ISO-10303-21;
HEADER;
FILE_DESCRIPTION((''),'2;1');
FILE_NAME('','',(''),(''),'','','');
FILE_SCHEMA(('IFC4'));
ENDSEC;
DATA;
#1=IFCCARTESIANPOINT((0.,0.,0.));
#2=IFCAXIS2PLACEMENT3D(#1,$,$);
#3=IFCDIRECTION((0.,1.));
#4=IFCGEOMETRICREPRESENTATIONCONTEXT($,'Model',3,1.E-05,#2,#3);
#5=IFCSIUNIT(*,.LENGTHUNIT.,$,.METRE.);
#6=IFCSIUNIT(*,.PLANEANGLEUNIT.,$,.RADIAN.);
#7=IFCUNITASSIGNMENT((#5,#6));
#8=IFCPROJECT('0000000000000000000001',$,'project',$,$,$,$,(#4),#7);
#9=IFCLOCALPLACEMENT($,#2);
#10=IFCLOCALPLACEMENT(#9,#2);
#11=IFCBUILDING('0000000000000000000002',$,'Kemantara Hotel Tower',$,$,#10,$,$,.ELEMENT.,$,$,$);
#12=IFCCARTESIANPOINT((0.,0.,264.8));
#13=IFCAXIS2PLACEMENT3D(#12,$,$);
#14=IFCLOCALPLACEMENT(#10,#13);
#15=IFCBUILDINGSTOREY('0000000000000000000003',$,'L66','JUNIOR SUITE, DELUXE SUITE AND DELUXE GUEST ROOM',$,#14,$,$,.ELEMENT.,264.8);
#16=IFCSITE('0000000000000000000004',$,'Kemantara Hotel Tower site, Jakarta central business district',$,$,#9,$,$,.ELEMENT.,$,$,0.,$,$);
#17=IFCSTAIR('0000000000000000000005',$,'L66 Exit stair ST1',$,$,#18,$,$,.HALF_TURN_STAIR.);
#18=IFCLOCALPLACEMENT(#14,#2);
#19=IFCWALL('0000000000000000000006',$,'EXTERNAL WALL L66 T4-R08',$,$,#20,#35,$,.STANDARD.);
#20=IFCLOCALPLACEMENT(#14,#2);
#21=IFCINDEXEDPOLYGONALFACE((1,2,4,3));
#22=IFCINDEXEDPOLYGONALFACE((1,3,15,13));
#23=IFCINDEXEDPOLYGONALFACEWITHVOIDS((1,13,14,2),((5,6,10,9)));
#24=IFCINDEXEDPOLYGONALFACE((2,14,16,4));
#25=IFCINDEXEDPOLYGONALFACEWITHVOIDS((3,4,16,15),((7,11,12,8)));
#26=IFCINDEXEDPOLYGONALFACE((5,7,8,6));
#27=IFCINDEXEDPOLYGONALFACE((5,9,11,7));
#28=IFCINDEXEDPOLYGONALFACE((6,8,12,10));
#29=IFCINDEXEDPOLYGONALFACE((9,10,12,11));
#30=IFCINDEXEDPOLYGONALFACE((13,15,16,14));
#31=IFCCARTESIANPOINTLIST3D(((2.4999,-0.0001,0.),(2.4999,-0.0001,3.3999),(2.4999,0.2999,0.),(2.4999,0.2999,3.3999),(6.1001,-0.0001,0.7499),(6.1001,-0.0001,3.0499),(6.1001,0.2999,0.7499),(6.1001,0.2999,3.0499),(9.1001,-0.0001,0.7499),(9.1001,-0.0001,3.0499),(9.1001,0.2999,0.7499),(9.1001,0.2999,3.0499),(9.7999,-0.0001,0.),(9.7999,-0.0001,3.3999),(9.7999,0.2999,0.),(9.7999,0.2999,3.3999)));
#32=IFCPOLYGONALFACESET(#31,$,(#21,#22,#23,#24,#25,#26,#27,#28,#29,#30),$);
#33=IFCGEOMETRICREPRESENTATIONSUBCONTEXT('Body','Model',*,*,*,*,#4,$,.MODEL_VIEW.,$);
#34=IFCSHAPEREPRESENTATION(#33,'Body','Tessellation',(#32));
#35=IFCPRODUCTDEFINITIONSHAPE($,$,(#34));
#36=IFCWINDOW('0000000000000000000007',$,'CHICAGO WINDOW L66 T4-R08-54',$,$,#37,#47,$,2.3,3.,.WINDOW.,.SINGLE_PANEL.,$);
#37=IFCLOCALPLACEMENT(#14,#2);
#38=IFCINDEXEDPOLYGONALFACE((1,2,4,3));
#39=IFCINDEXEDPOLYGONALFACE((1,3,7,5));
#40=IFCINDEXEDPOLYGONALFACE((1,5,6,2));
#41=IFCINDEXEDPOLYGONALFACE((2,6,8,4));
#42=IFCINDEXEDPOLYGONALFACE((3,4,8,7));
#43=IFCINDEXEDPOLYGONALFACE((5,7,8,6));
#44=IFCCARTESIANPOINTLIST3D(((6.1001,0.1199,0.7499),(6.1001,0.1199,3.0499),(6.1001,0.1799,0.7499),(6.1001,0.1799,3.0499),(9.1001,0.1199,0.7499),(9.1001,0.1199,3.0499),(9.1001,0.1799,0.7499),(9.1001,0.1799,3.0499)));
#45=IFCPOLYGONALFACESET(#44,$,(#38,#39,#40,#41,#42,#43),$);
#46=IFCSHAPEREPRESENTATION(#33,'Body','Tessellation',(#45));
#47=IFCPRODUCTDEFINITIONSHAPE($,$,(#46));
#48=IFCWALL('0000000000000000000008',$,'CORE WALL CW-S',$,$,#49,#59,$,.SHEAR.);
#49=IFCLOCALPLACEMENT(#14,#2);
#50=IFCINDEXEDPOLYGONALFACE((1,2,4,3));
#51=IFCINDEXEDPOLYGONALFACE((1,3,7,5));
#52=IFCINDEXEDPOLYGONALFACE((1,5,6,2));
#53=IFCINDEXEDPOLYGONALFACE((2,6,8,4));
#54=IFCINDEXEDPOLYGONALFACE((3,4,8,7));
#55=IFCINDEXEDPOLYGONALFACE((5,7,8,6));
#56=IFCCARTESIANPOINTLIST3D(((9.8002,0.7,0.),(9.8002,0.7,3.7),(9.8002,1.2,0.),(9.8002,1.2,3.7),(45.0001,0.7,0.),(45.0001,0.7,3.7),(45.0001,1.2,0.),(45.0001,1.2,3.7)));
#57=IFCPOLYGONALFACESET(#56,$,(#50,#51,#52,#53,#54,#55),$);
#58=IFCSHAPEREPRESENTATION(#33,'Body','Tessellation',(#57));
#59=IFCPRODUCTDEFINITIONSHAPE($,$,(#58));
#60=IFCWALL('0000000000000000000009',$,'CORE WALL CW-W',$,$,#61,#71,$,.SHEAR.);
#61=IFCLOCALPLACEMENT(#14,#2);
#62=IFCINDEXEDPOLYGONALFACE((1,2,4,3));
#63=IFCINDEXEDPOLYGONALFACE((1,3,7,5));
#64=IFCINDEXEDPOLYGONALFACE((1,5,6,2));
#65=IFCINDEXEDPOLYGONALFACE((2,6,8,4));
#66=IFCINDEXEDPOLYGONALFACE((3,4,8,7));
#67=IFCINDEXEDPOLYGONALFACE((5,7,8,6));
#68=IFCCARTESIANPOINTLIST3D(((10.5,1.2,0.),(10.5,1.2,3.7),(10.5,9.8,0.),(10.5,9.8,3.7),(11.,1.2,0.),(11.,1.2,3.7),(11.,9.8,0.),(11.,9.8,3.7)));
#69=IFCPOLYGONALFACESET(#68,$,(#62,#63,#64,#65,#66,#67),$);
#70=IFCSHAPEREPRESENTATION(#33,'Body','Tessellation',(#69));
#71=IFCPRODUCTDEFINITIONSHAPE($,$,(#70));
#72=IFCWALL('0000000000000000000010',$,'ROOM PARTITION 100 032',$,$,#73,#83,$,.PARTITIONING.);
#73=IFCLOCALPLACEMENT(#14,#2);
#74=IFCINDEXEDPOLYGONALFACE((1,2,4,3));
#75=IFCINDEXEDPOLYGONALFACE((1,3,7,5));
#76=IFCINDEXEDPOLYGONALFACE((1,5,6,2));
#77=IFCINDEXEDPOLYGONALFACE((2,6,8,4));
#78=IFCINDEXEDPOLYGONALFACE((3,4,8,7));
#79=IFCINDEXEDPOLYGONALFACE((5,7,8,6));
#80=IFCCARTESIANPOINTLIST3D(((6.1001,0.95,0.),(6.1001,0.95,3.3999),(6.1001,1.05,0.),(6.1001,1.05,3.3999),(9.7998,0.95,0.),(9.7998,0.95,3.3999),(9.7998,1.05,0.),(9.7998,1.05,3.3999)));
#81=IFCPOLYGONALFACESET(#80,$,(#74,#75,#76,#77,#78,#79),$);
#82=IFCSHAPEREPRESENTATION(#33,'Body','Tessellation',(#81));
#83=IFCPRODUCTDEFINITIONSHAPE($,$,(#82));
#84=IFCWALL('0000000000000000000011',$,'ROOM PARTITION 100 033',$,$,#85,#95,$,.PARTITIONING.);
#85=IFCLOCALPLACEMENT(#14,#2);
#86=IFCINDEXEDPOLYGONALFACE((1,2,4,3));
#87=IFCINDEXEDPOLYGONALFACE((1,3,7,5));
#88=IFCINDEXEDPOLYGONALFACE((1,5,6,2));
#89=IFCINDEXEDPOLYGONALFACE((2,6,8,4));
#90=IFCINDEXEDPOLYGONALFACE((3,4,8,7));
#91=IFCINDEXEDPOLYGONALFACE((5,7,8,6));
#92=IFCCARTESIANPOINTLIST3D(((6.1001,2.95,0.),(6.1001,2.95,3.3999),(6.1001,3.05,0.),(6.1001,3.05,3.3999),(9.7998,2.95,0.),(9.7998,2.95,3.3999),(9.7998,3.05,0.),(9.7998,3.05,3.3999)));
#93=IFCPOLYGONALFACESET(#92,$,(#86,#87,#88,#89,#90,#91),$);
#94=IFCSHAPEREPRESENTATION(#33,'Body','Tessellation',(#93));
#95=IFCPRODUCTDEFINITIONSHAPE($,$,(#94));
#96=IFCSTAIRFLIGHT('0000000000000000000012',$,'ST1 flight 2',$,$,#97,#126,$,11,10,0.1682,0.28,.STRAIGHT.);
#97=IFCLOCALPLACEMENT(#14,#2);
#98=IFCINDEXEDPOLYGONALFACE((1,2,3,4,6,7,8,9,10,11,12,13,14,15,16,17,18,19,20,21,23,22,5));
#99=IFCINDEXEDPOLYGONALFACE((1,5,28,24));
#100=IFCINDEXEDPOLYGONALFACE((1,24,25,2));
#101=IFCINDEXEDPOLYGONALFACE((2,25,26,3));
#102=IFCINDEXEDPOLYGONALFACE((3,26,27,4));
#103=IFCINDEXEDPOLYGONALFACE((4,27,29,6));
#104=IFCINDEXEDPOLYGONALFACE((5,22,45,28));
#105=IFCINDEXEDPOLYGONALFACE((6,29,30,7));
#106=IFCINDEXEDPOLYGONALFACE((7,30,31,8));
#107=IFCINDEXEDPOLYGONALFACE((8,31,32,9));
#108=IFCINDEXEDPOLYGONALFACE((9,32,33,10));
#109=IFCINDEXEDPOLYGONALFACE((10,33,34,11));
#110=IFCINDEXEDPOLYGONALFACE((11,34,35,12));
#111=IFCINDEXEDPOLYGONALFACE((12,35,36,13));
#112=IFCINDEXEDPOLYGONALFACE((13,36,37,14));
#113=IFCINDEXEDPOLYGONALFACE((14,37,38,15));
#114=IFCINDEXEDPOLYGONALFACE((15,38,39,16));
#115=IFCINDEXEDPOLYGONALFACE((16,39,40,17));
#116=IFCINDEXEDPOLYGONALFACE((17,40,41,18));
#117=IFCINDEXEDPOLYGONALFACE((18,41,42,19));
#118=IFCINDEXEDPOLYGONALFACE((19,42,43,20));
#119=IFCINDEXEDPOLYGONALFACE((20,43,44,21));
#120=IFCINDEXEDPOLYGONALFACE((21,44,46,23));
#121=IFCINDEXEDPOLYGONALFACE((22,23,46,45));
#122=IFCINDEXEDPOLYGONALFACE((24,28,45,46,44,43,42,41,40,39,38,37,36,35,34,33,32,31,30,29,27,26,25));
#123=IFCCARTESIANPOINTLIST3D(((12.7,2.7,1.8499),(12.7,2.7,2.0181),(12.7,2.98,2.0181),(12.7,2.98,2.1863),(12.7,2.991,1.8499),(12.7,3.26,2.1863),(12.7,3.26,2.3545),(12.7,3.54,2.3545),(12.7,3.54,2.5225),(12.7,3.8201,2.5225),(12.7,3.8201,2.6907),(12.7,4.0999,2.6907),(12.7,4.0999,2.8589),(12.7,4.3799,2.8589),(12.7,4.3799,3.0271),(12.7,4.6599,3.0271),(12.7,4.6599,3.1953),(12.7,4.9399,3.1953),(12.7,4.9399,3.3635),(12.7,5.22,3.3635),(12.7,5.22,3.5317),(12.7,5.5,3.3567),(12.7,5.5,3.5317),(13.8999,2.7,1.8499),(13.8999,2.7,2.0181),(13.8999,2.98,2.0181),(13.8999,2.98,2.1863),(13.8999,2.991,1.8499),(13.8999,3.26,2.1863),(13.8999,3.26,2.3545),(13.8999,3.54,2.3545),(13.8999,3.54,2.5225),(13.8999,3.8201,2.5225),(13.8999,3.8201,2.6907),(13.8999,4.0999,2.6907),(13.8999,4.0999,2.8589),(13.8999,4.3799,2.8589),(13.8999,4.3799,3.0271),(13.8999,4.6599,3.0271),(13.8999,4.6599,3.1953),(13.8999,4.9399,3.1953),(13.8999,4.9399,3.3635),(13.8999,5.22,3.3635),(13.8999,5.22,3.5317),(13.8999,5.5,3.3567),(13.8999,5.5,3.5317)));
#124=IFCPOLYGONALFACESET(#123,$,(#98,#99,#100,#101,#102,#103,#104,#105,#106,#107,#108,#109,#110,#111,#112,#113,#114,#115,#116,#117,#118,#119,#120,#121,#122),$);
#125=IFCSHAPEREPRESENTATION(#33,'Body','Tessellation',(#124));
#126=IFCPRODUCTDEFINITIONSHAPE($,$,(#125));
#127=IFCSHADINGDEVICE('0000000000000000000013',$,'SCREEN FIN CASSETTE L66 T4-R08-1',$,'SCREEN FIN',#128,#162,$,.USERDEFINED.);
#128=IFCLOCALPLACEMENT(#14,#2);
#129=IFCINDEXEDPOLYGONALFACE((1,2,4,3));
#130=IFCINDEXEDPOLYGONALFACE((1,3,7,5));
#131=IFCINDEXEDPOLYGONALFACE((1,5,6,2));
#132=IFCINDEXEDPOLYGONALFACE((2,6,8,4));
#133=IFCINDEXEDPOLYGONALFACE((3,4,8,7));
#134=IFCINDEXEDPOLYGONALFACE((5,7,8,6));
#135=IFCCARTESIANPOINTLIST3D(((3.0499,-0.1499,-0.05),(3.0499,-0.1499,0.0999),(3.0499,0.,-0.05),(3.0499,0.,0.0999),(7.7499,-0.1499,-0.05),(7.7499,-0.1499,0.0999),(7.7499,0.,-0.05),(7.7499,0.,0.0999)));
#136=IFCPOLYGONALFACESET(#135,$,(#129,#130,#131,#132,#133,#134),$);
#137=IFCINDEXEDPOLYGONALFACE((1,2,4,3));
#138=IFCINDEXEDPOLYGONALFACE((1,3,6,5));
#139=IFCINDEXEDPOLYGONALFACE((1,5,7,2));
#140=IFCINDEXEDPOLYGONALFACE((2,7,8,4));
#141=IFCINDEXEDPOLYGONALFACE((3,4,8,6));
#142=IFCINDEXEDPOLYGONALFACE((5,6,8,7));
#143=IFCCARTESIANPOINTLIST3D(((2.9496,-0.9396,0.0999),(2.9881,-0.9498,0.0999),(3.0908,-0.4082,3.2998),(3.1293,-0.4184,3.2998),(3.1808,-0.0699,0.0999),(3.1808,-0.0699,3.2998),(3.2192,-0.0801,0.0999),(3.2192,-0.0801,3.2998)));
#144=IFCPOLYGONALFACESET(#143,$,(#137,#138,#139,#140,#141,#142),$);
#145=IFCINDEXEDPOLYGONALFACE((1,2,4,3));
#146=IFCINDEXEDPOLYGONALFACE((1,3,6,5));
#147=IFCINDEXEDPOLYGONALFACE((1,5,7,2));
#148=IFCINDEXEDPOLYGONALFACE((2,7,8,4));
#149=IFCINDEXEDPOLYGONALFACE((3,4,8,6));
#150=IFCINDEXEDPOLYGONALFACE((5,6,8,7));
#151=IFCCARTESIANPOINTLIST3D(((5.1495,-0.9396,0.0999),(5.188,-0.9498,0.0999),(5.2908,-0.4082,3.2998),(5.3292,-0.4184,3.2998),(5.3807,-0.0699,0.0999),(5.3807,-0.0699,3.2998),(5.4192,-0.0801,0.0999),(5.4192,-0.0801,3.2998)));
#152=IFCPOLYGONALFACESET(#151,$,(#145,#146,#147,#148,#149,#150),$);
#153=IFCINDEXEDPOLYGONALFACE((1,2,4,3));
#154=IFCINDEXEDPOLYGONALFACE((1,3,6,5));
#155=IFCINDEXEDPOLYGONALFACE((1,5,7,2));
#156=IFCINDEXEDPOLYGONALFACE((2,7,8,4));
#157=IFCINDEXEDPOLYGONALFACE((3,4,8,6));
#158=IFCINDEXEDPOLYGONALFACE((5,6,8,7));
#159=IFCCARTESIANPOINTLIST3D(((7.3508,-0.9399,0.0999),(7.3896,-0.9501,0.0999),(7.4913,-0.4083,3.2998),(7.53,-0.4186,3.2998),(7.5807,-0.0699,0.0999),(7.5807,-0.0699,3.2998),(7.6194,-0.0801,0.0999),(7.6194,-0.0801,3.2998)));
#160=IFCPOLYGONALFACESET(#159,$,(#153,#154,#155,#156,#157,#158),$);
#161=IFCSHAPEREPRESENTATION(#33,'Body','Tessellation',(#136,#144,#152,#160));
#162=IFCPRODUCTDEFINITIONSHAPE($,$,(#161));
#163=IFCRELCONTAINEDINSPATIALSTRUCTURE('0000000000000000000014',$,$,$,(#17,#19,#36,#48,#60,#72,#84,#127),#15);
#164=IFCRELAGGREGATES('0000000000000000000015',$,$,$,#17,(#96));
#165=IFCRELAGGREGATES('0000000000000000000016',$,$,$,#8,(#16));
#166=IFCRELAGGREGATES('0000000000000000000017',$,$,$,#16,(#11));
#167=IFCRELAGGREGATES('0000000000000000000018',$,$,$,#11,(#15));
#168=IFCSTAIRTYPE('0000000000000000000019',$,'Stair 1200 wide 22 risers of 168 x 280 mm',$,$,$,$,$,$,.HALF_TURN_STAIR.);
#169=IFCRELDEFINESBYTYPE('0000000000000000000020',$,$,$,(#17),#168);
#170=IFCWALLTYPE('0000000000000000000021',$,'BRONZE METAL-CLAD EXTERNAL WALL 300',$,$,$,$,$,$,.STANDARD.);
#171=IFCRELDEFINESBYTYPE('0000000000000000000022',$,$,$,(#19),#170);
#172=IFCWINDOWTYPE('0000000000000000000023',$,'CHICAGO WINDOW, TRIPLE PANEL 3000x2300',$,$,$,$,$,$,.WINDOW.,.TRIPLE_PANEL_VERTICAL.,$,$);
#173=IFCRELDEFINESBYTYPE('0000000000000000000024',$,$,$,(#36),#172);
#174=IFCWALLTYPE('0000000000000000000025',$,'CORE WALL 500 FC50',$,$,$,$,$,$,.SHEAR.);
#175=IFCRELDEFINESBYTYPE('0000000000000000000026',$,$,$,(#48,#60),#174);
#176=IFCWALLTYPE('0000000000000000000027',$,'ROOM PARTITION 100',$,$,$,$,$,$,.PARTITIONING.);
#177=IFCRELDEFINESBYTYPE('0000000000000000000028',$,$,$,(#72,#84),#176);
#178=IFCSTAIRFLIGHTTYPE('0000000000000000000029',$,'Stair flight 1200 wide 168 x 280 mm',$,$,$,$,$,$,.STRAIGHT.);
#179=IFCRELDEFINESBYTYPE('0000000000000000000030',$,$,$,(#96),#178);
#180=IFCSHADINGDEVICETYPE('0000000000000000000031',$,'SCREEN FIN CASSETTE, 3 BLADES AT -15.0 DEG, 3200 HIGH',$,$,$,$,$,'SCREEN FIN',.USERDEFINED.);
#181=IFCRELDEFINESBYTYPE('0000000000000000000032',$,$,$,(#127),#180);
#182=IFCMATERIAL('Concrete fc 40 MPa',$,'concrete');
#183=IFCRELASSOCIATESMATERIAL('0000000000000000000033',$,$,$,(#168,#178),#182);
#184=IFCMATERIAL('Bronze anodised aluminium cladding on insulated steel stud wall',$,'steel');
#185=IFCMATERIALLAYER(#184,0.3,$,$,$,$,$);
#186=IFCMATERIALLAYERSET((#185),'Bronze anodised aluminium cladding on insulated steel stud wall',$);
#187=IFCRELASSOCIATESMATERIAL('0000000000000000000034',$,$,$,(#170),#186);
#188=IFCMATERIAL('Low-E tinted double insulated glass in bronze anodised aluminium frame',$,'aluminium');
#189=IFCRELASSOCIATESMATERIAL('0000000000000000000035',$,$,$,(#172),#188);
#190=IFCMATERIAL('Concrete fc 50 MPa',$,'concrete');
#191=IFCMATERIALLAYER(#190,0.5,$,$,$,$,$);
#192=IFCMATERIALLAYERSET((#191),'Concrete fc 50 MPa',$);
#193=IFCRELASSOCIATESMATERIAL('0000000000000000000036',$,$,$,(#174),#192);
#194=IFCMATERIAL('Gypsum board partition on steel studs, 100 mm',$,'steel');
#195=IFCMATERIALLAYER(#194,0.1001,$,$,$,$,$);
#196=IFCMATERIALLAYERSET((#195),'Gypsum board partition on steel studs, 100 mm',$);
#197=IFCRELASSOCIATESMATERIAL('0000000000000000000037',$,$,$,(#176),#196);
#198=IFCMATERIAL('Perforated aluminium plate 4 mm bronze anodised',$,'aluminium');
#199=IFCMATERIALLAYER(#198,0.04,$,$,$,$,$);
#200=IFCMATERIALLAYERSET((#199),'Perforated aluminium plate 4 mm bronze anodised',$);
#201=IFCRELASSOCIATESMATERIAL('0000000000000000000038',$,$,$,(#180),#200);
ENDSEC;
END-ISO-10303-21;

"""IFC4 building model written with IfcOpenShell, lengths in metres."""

from ifc_helpers import new_model, si_unit, direction, frame, frame_2d, origin, origin_2d, place, context, subcontext, project, spatial, polyline, rectangle, outline, extrude, source, transform, mapped, material, layer, layer_set, type_object, element, fill, aggregate, save


model = new_model("IFC4")

# Units and contexts
model_context = context("Model", 3, precision=1e-05, world=origin(), true_north=direction((0.0, 1.0)))
body_context = subcontext(model_context, "Body", "Model", "MODEL_VIEW")
ifc_project = project(units=[si_unit("LENGTHUNIT", "METRE"), si_unit("PLANEANGLEUNIT", "RADIAN")], contexts=[model_context])

# Site, building, storey
site_placement = place(None, origin())
site = spatial("IfcSite", under=ifc_project, at=site_placement, Name="Kemantara Hotel Tower site, Jakarta central business district", CompositionType="ELEMENT", RefElevation=0.0)
building_placement = place(site_placement, origin())
building = spatial("IfcBuilding", under=site, at=building_placement, Name="Kemantara Hotel Tower", CompositionType="ELEMENT")
storey_placement = place(building_placement, frame((0.0, 0.0, 264.8)))
storey = spatial("IfcBuildingStorey", under=building, at=storey_placement, Name="L66", Description="JUNIOR SUITE, DELUXE SUITE AND DELUXE GUEST ROOM", CompositionType="ELEMENT", Elevation=264.8)

# Shared definitions
ifc_material_1 = material(Name="Concrete fc 50 MPa", Category="concrete")

# Shared definitions
ifc_material_2 = material(Name="Concrete fc 40 MPa", Category="concrete")

# Stair
stair_type_1 = type_object("IfcStairType", Name="Stair 1200 wide 22 risers of 168 x 280 mm", PredefinedType="HALF_TURN_STAIR", material=ifc_material_2)
stair_1_placement = place(storey_placement, origin())
stair_1 = element("IfcStair", 1, at=stair_1_placement, inside=storey, type_object=stair_type_1, Name="L66 Exit stair ST1", PredefinedType="HALF_TURN_STAIR")

# Shared definitions
ifc_material_3 = material(Name="Bronze anodised aluminium cladding on insulated steel stud wall", Category="steel")
ifc_layer_1 = layer(ifc_material_3, 0.3)
ifc_layer_set_1 = layer_set([ifc_layer_1], Name="Bronze anodised aluminium cladding on insulated steel stud wall")
wall_type_1 = type_object("IfcWallType", Name="BRONZE METAL-CLAD EXTERNAL WALL 300", PredefinedType="STANDARD", material=ifc_layer_set_1)

# Wall, opening, window
wall_1_placement = place(storey_placement, frame((2.5, 0.1499, 0.0), z_axis=(0.0, 0.0, 1.0), x_axis=(1.0, 0.0, 0.0)))
wall_1 = element("IfcWall", 2, at=wall_1_placement, inside=storey, type_object=wall_type_1, Name="EXTERNAL WALL L66 T4-R08", PredefinedType="STANDARD", context=body_context, shape_type="SweptSolid", body=[
    extrude(rectangle(XDim=7.3, YDim=0.3, at=frame_2d((3.6499, 0.0))), origin(), (0.0, 0.0, 1.0), 3.3999),
])
opening_placement = place(wall_1_placement, frame((3.6001, 0.0, 0.75)))
opening = element("IfcOpeningElement", 3, at=opening_placement, cuts=wall_1, PredefinedType="OPENING", context=body_context, shape_type="SweptSolid", body=[
    extrude(rectangle(XDim=3.0, YDim=2.3, at=frame_2d((1.5, 1.1499))), frame((0.0, 0.1599, 0.0), z_axis=(0.0, -1.0, 0.0), x_axis=(1.0, 0.0, 0.0)), (0.0, 0.0, 1.0), 0.3201),
])
ifc_material_4 = material(Name="Low-E tinted double insulated glass in bronze anodised aluminium frame", Category="aluminium")
window_type = type_object("IfcWindowType", Name="CHICAGO WINDOW, TRIPLE PANEL 3000x2300", PartitioningType="TRIPLE_PANEL_VERTICAL", PredefinedType="WINDOW", material=ifc_material_4)
window_placement = place(opening_placement, origin())
window = element("IfcWindow", 4, at=window_placement, inside=storey, type_object=window_type, Name="CHICAGO WINDOW L66 T4-R08-54", OverallHeight=2.3, OverallWidth=3.0, PartitioningType="SINGLE_PANEL", PredefinedType="WINDOW", context=body_context, shape_type="SweptSolid", body=[
    extrude(rectangle(XDim=3.0, YDim=2.3, at=frame_2d((1.5, 1.1499))), frame((0.0, 0.03, 0.0), z_axis=(0.0, -1.0, 0.0), x_axis=(1.0, 0.0, 0.0)), (0.0, 0.0, 1.0), 0.0601),
])
fill(opening, window)

# Walls
ifc_layer_2 = layer(ifc_material_1, 0.5)
ifc_layer_set_2 = layer_set([ifc_layer_2], Name="Concrete fc 50 MPa")
wall_type_2 = type_object("IfcWallType", Name="CORE WALL 500 FC50", PredefinedType="SHEAR", material=ifc_layer_set_2)
wall_2_placement = place(storey_placement, frame((9.8, 0.95, 0.0), z_axis=(0.0, 0.0, 1.0), x_axis=(1.0, 0.0, 0.0)))
element("IfcWall", 5, at=wall_2_placement, inside=storey, type_object=wall_type_2, Name="CORE WALL CW-S", PredefinedType="SHEAR", context=body_context, shape_type="SweptSolid", body=[
    extrude(rectangle(XDim=35.2, YDim=0.5, at=frame_2d((17.6001, 0.0))), origin(), (0.0, 0.0, 1.0), 3.7),
])
wall_3_placement = place(storey_placement, frame((10.75, 1.2, 0.0), z_axis=(0.0, 0.0, 1.0), x_axis=(0.0, 1.0, 0.0)))
element("IfcWall", 6, at=wall_3_placement, inside=storey, type_object=wall_type_2, Name="CORE WALL CW-W", PredefinedType="SHEAR", context=body_context, shape_type="SweptSolid", body=[
    extrude(rectangle(XDim=8.6001, YDim=0.5, at=frame_2d((4.3, 0.0))), origin(), (0.0, 0.0, 1.0), 3.7),
])
ifc_material_5 = material(Name="Gypsum board partition on steel studs, 100 mm", Category="steel")
ifc_layer_3 = layer(ifc_material_5, 0.1001)
ifc_layer_set_3 = layer_set([ifc_layer_3], Name="Gypsum board partition on steel studs, 100 mm")
wall_type_3 = type_object("IfcWallType", Name="ROOM PARTITION 100", PredefinedType="PARTITIONING", material=ifc_layer_set_3)
for number, where, z_axis, x_axis, name in (
    (7, (6.1001, 1.0, 0.0), (0.0, 0.0, 1.0), (1.0, 0.0, 0.0), "ROOM PARTITION 100 032"),
    (8, (6.1001, 3.0, 0.0), (0.0, 0.0, 1.0), (1.0, 0.0, 0.0), "ROOM PARTITION 100 033"),
):
    element("IfcWall", number, at=place(storey_placement, frame(where, z_axis=z_axis, x_axis=x_axis)), inside=storey, type_object=wall_type_3, Name=name, PredefinedType="PARTITIONING", context=body_context, shape_type="SweptSolid", body=[
        extrude(rectangle(XDim=3.6997, YDim=0.1001, at=frame_2d((1.8499, 0.0))), origin(), (0.0, 0.0, 1.0), 3.3999),
    ])

# Stair flight
stair_flight_type = type_object("IfcStairFlightType", Name="Stair flight 1200 wide 168 x 280 mm", PredefinedType="STRAIGHT", material=ifc_material_2)
stair_flight_placement = place(storey_placement, frame((13.3, 2.7, 1.8499), z_axis=(0.0, 0.0, 1.0), x_axis=(0.0, 1.0, 0.0)))
stair_flight = element("IfcStairFlight", 9, at=stair_flight_placement, type_object=stair_flight_type, Name="ST1 flight 2", NumberOfRisers=11, NumberOfTreads=10, PredefinedType="STRAIGHT", RiserHeight=0.1682, TreadLength=0.28, context=body_context, shape_type="SweptSolid", body=[
    extrude(outline(polyline([(0.0, 0.0), (0.0, 0.1682), (0.28, 0.1682), (0.28, 0.3364), (0.5601, 0.3364), (0.5601, 0.5046), (0.8401, 0.5046), (0.8401, 0.6726), (1.1201, 0.6726), (1.1201, 0.8408), (1.3999, 0.8408), (1.3999, 1.009), (1.6799, 1.009), (1.6799, 1.1772), (1.96, 1.1772), (1.96, 1.3455), (2.24, 1.3455), (2.24, 1.5137), (2.52, 1.5137), (2.52, 1.6819), (2.8, 1.6819), (2.8, 1.8501), (2.8, 1.5068), (0.291, 0.0), (0.0, 0.0)])), frame((0.0, 0.6001, 0.0), z_axis=(0.0, -1.0, 0.0), x_axis=(1.0, 0.0, 0.0)), (0.0, 0.0, 1.0), 1.2),
])
aggregate(stair_1, [stair_flight])

# Shading device
ifc_material_6 = material(Name="Perforated aluminium plate 4 mm bronze anodised", Category="aluminium")
ifc_layer_4 = layer(ifc_material_6, 0.04)
ifc_layer_set_4 = layer_set([ifc_layer_4], Name="Perforated aluminium plate 4 mm bronze anodised")
shading_device_type_1 = type_object("IfcShadingDeviceType", Name="SCREEN FIN CASSETTE, 3 BLADES AT -15.0 DEG, 3200 HIGH", ElementType="SCREEN FIN", PredefinedType="USERDEFINED", material=ifc_layer_set_4)
shared_shape_1 = source(origin(), body_context, "Body", "SweptSolid", [
    extrude(rectangle(XDim=4.7, YDim=0.1499, at=origin_2d()), frame((2.2, -0.075, -0.1499), z_axis=(0.0, 0.0, 1.0), x_axis=(1.0, 0.0, 0.0)), (0.0, 0.0, 1.0), 0.1499),
    extrude(outline(polyline([(0.0, 0.0), (0.8999, 0.0), (0.3501, 3.2), (0.0, 3.2), (0.0, 0.0)])), frame((0.0193, -0.0801, 0.0), z_axis=(-0.966438, 0.256901, 0.0), x_axis=(-0.256901, -0.966438, 0.0)), (0.0, 0.0, 1.0), 0.0398),
    extrude(outline(polyline([(0.0, 0.0), (0.8999, 0.0), (0.3501, 3.2), (0.0, 3.2), (0.0, 0.0)])), frame((2.2192, -0.0801, 0.0), z_axis=(-0.966438, 0.256901, 0.0), x_axis=(-0.256901, -0.966438, 0.0)), (0.0, 0.0, 1.0), 0.0398),
    extrude(outline(polyline([(0.0, 0.0), (0.8999, 0.0), (0.3501, 3.2), (0.0, 3.2), (0.0, 0.0)])), frame((4.4194, -0.0801, 0.0), z_axis=(-0.966838, 0.255391, 0.0), x_axis=(-0.255391, -0.966838, 0.0)), (0.0, 0.0, 1.0), 0.04),
])
shading_device_1_placement = place(storey_placement, frame((3.2, 0.0, 0.0999), z_axis=(0.0, 0.0, 1.0), x_axis=(1.0, 0.0, 0.0)))
element("IfcShadingDevice", 10, at=shading_device_1_placement, inside=storey, type_object=shading_device_type_1, Name="SCREEN FIN CASSETTE L66 T4-R08-1", ObjectType="SCREEN FIN", PredefinedType="USERDEFINED", context=body_context, shape_type="MappedRepresentation", body=[
    mapped(shared_shape_1, transform((0.0, 0.0, 0.0))),
])

save(model, "model.ifc")
